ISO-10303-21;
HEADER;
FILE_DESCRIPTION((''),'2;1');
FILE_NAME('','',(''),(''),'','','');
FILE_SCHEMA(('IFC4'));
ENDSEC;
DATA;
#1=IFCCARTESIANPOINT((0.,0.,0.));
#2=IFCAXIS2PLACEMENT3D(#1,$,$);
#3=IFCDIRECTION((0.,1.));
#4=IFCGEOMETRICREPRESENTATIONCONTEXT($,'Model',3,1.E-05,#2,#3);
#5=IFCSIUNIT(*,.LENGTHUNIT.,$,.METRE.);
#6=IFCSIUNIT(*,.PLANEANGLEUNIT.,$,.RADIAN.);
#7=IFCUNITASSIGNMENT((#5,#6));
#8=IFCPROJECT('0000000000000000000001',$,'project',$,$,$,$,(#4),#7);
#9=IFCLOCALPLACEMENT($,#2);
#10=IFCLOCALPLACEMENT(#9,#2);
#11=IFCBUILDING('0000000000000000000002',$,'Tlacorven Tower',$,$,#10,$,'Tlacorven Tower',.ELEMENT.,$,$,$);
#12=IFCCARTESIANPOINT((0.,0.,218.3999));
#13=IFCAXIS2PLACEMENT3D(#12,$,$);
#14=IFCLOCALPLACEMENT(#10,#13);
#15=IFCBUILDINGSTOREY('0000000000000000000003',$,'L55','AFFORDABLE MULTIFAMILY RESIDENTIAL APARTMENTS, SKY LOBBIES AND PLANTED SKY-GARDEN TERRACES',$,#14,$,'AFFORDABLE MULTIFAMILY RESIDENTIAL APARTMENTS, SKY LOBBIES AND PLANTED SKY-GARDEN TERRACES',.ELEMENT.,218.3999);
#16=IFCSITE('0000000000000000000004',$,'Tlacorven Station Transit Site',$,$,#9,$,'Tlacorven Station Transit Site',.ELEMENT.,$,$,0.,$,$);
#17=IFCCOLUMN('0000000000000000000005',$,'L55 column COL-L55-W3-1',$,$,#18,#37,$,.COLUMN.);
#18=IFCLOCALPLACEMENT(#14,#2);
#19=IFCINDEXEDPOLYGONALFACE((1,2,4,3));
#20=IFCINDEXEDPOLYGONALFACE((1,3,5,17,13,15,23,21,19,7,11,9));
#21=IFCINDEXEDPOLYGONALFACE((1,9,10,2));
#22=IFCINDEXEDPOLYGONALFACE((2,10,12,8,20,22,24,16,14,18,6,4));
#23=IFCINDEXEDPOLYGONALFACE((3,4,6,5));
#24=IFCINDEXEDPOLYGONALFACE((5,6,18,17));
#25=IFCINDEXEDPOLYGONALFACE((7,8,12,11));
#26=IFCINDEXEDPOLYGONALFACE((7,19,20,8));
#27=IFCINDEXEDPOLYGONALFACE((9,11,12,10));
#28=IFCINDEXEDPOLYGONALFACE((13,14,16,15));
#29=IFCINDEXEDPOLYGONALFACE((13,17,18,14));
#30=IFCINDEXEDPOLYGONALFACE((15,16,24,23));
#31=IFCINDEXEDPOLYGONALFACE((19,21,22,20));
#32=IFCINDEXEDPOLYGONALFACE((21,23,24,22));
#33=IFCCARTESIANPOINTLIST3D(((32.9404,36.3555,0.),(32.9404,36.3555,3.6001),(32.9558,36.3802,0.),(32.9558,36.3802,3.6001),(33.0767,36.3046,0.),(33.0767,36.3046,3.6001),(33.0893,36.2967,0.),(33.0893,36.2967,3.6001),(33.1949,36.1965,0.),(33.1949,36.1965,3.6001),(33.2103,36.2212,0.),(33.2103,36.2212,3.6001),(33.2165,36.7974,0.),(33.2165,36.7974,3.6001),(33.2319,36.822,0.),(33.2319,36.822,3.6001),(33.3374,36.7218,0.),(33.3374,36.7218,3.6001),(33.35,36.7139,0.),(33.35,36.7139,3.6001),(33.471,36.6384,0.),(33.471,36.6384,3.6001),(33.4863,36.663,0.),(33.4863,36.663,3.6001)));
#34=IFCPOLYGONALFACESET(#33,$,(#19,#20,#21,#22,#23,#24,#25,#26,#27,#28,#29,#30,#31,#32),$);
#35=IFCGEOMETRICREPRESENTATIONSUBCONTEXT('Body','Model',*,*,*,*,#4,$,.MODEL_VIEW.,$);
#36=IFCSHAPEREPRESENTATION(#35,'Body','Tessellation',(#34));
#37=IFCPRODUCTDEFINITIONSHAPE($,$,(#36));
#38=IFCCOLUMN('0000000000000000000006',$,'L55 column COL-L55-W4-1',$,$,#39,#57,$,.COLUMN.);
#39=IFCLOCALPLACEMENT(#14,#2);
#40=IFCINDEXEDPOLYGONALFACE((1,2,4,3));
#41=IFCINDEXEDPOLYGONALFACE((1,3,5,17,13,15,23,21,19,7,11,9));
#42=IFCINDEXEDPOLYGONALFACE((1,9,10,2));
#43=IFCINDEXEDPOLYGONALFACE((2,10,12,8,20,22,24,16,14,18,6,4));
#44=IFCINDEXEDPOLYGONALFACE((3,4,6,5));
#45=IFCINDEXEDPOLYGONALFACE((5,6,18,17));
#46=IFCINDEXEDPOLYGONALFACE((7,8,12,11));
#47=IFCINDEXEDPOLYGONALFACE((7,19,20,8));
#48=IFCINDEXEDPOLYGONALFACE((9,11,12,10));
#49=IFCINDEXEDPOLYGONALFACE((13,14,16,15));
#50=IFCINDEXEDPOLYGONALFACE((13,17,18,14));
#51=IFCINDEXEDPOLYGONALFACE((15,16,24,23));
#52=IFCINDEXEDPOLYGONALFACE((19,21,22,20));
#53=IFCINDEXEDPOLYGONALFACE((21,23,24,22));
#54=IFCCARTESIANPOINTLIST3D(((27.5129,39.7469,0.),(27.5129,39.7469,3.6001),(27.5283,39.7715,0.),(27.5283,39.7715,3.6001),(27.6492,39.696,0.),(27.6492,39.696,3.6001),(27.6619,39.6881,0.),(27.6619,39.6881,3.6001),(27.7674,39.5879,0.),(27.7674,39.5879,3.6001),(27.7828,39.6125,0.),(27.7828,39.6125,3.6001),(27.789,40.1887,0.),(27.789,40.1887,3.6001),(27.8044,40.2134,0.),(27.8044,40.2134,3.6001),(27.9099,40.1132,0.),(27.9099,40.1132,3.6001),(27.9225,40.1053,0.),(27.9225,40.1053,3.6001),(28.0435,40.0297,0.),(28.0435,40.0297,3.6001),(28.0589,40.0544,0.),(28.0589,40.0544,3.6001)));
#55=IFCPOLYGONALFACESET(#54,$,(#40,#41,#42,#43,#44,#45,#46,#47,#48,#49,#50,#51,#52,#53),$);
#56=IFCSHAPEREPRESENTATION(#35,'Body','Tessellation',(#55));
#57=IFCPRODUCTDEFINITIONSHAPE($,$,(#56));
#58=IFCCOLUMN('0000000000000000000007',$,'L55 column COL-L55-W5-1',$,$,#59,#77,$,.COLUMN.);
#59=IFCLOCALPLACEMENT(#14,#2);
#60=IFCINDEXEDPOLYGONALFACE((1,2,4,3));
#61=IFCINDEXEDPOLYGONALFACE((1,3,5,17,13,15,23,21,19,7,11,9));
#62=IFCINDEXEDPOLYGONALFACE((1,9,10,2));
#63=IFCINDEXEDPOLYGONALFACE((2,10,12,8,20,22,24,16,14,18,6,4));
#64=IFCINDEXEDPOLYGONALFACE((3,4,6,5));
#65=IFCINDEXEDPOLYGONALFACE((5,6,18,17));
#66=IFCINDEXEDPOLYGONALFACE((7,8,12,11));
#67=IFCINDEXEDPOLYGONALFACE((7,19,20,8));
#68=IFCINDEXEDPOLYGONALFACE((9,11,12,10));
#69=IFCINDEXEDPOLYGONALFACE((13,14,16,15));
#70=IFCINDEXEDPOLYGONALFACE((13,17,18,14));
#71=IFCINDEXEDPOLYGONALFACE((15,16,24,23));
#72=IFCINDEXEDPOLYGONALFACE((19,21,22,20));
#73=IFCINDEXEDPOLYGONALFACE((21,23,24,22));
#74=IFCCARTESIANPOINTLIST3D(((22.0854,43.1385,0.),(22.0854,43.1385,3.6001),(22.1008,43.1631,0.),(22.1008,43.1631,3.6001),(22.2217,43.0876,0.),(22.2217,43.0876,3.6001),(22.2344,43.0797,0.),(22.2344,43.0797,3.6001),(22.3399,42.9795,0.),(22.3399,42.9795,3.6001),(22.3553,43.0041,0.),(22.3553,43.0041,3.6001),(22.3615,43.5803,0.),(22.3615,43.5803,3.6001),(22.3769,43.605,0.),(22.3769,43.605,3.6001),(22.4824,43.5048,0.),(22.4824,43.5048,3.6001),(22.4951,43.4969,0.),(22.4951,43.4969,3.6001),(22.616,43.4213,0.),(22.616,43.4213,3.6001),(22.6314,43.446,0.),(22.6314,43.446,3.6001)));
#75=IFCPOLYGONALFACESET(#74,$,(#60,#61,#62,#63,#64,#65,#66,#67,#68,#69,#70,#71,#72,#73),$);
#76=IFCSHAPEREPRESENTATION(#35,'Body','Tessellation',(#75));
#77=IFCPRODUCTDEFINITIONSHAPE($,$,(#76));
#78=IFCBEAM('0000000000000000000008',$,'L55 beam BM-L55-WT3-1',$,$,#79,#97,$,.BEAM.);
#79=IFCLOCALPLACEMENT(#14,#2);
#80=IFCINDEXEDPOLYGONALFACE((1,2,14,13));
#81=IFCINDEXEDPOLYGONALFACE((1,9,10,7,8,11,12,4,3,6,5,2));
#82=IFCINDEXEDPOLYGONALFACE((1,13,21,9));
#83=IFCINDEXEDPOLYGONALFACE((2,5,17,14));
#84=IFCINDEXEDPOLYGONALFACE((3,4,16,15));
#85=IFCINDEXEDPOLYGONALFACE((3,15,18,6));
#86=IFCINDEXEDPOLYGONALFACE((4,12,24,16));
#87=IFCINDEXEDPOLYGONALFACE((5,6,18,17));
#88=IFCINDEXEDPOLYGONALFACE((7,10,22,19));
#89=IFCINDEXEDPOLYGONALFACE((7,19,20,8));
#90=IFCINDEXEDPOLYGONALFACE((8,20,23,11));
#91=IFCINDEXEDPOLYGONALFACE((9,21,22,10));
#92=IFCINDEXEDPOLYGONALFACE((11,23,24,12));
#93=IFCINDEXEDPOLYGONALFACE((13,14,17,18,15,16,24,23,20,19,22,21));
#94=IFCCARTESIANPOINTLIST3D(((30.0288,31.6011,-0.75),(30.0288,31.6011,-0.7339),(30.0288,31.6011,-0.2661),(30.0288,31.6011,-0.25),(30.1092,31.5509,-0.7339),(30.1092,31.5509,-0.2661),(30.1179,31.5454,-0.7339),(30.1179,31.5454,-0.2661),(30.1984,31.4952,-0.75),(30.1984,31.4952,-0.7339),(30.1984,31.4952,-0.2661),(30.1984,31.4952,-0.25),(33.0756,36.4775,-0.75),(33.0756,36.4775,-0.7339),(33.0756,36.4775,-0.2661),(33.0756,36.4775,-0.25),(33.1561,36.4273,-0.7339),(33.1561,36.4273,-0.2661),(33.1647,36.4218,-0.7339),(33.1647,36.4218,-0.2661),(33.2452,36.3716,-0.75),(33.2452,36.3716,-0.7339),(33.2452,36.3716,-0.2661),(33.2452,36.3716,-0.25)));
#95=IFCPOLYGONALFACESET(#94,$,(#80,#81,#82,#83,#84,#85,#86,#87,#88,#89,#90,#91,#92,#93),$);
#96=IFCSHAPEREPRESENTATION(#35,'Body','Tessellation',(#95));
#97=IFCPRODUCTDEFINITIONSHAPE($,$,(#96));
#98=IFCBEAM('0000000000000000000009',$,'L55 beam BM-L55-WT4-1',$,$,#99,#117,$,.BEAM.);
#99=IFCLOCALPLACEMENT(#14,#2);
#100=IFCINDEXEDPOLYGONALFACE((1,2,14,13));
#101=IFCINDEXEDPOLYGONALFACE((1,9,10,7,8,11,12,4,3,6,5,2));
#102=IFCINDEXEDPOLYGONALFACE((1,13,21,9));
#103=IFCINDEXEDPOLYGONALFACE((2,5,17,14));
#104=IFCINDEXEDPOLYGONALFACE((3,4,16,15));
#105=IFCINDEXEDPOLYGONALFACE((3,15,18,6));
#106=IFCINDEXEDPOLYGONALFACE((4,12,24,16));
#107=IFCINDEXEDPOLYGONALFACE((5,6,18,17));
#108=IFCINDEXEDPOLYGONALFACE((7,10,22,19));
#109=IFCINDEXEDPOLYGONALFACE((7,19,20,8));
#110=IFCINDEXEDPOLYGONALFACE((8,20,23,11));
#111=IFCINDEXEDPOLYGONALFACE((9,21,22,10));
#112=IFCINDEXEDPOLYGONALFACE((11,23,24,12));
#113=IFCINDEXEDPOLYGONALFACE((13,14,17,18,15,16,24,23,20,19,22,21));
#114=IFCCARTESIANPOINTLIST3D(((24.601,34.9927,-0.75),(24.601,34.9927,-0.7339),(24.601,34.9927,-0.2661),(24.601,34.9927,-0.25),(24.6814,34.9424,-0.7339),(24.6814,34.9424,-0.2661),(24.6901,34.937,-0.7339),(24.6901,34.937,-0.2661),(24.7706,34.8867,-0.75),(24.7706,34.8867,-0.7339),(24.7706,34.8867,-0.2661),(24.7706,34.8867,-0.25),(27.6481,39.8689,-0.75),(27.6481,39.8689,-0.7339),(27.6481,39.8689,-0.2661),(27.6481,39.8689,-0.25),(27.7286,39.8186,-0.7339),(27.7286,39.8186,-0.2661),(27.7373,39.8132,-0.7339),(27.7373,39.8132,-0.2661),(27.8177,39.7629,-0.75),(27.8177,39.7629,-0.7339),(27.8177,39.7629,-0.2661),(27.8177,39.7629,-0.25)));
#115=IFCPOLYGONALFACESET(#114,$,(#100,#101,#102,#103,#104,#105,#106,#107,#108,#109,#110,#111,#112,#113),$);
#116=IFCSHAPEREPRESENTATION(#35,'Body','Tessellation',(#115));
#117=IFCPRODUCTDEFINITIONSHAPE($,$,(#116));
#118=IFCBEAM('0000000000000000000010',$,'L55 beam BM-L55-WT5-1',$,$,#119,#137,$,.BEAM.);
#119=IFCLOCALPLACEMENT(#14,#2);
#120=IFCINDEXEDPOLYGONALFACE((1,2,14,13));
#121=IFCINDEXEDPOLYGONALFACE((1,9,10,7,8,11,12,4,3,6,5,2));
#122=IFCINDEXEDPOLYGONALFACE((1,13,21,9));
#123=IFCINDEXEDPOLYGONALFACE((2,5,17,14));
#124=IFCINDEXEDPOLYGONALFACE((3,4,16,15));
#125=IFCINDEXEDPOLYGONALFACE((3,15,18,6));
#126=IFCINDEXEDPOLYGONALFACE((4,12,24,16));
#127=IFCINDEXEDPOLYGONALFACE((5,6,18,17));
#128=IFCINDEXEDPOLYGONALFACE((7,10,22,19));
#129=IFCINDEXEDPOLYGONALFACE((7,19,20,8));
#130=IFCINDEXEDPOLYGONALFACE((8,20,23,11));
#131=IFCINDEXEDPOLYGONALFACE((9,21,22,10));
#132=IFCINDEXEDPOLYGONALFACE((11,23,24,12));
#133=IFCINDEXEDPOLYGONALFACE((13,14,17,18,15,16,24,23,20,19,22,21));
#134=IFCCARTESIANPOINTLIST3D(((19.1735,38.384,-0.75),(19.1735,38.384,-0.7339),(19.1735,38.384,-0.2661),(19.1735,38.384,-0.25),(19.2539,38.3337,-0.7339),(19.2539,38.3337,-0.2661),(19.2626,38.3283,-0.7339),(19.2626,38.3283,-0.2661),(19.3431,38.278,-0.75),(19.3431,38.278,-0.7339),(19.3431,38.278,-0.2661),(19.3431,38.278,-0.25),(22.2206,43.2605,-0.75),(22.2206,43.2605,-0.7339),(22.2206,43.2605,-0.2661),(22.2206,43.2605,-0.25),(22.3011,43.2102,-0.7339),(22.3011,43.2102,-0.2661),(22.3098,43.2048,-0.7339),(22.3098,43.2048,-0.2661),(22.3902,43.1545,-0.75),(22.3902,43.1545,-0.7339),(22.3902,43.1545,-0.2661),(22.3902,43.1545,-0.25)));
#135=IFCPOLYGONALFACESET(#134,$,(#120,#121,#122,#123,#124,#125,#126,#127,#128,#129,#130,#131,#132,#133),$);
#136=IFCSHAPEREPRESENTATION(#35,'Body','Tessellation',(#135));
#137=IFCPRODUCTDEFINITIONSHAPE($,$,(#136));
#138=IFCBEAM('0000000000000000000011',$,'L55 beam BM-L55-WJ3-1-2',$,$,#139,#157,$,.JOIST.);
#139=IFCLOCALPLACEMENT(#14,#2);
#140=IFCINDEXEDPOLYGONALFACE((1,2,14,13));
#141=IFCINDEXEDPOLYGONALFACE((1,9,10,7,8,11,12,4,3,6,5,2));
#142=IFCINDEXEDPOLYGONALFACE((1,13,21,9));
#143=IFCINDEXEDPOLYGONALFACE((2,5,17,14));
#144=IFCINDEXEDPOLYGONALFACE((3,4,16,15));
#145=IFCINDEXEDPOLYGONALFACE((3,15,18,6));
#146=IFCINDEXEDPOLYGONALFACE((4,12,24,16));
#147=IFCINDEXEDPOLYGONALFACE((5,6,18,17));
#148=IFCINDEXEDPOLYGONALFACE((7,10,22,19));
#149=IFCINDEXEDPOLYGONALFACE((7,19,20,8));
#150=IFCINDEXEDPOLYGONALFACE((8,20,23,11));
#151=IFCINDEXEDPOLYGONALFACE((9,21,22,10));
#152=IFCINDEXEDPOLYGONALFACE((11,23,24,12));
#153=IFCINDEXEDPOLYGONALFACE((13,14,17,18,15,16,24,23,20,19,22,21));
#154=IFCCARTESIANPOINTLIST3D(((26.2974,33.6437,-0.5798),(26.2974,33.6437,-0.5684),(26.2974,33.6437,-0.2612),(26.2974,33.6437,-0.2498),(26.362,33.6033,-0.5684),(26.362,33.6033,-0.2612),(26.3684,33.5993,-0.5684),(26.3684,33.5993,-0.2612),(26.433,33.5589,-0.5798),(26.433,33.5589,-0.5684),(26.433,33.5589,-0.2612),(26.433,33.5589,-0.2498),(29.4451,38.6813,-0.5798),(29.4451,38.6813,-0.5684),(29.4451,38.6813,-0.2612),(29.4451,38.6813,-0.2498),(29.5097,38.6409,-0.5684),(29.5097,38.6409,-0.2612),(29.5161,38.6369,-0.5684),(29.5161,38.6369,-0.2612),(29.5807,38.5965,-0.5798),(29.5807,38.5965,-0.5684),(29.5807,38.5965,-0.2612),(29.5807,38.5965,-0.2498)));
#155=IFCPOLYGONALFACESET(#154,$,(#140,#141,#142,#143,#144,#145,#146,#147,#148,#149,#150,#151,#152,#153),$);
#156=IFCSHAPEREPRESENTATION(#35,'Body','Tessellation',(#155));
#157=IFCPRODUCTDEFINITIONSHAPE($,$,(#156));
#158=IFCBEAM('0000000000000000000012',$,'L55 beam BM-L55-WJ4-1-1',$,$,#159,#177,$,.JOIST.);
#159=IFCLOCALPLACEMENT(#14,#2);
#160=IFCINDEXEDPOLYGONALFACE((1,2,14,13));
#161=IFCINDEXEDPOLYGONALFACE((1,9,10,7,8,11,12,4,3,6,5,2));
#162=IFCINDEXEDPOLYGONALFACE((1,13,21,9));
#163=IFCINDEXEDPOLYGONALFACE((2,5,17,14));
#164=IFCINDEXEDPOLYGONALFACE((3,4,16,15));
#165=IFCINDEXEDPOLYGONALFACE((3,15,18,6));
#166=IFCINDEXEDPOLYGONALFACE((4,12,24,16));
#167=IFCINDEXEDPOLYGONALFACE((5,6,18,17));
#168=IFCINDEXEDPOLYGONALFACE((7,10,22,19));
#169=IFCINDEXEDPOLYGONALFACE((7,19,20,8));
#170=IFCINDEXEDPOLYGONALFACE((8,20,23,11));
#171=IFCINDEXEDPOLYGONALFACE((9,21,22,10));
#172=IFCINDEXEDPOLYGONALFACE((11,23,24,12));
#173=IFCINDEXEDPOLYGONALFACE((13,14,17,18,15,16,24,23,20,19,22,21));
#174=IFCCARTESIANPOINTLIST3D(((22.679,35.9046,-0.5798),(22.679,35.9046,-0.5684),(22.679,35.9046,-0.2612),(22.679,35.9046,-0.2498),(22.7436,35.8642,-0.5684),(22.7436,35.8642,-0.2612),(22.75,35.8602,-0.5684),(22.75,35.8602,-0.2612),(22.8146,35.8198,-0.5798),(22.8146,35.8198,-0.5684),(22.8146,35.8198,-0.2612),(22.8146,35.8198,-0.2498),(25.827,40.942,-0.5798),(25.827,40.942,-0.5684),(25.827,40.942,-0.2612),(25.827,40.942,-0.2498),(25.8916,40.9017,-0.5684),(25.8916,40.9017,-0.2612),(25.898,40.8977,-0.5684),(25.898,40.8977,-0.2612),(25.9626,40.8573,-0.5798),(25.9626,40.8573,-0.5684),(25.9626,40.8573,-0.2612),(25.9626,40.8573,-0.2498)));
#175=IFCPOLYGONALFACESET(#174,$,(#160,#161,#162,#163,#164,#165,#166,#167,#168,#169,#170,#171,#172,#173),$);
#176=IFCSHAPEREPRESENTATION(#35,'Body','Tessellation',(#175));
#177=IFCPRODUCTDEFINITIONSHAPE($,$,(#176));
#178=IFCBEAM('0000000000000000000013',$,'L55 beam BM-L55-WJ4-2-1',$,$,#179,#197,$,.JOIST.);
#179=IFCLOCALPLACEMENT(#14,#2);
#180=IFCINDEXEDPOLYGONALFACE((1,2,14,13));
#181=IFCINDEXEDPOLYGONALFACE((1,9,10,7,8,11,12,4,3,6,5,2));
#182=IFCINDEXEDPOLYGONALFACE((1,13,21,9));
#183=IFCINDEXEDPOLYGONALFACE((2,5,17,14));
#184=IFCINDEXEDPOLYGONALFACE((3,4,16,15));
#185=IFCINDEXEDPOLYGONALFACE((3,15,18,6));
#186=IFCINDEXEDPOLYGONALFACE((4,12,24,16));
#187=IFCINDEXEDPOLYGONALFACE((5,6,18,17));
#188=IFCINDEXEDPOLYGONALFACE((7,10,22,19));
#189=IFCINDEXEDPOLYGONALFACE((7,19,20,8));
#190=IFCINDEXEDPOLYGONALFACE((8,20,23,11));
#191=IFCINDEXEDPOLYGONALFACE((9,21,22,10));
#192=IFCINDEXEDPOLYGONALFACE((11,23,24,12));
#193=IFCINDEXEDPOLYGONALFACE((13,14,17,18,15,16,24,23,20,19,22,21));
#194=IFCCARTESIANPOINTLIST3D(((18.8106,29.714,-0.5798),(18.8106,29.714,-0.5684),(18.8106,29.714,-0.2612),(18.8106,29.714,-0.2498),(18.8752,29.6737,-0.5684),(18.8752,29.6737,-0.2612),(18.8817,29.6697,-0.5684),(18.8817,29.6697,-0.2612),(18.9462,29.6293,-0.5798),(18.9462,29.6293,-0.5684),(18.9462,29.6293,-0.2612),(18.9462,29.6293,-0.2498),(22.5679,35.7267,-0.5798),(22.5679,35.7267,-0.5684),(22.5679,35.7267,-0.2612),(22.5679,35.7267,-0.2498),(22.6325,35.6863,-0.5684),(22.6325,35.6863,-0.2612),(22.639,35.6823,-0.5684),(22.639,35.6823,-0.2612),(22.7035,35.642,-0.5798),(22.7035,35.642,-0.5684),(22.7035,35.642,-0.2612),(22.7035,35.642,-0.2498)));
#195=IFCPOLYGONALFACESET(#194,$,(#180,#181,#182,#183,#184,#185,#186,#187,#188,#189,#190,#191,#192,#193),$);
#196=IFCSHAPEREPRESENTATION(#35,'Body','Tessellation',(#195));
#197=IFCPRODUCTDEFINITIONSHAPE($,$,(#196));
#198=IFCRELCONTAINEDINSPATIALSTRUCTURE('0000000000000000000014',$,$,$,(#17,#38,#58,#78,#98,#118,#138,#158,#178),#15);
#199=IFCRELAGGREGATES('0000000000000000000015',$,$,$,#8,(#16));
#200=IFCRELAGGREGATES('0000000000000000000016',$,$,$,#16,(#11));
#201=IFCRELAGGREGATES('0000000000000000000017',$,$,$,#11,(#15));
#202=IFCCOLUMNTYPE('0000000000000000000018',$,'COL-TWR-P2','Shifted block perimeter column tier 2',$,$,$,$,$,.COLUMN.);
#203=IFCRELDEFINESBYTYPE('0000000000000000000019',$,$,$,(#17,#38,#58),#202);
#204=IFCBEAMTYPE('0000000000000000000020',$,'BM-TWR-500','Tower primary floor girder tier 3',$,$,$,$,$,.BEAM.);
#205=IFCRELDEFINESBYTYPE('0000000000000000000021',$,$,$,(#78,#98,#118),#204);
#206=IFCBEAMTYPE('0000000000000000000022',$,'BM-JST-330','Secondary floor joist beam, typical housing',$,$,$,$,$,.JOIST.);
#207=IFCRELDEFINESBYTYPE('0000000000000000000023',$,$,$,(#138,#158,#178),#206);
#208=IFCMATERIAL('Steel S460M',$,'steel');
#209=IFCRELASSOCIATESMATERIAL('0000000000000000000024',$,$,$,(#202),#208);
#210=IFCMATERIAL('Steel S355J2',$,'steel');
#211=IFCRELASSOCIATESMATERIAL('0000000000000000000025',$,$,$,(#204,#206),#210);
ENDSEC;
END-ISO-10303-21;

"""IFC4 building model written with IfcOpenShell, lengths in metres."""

from ifc_helpers import new_model, si_unit, direction, frame, origin, origin_2d, place, context, subcontext, project, spatial, i_section, extrude, source, transform, mapped, material, material_profile, profile_set, type_object, element, save


model = new_model("IFC4")

# Units and contexts
model_context = context("Model", 3, precision=1e-05, world=origin(), true_north=direction((0.0, 1.0)))
body_context = subcontext(model_context, "Body", "Model", "MODEL_VIEW")
ifc_project = project(units=[si_unit("LENGTHUNIT", "METRE"), si_unit("PLANEANGLEUNIT", "RADIAN")], contexts=[model_context])

# Site, building, storey
site_placement = place(None, origin())
site = spatial("IfcSite", under=ifc_project, at=site_placement, Name="Tlacorven Station Transit Site", LongName="Tlacorven Station Transit Site", CompositionType="ELEMENT", RefElevation=0.0)
building_placement = place(site_placement, origin())
building = spatial("IfcBuilding", under=site, at=building_placement, Name="Tlacorven Tower", LongName="Tlacorven Tower", CompositionType="ELEMENT")
storey_placement = place(building_placement, frame((0.0, 0.0, 218.3999)))
storey = spatial("IfcBuildingStorey", under=building, at=storey_placement, Name="L55", Description="AFFORDABLE MULTIFAMILY RESIDENTIAL APARTMENTS, SKY LOBBIES AND PLANTED SKY-GARDEN TERRACES", LongName="AFFORDABLE MULTIFAMILY RESIDENTIAL APARTMENTS, SKY LOBBIES AND PLANTED SKY-GARDEN TERRACES", CompositionType="ELEMENT", Elevation=218.3999)

# Columns
ifc_material_1 = material(Name="Steel S460M", Category="steel")
ifc_material_profile_1 = material_profile(ifc_material_1, i_section(OverallWidth=0.3, OverallDepth=0.55, WebThickness=0.0149, FlangeThickness=0.0291, at=origin_2d()), Name="HEB 550")
ifc_profile_set_1 = profile_set([ifc_material_profile_1], Name="Steel S460M")
column_type = type_object("IfcColumnType", Name="COL-TWR-P2", Description="Shifted block perimeter column tier 2", PredefinedType="COLUMN", material=ifc_profile_set_1)
shared_shape_1 = source(origin(), body_context, "Body", "SweptSolid", [
    extrude(i_section(OverallWidth=0.3, OverallDepth=0.55, WebThickness=0.0149, FlangeThickness=0.0291, at=origin_2d()), origin(), (0.0, 0.0, 1.0), 3.6001),
])
for number, where, z_axis, x_axis, name in (
    (1, (33.2134, 36.5093, 0.0), (0.0, 0.0, 1.0), (-0.848048, 0.529919, 0.0), "L55 column COL-L55-W3-1"),
    (2, (27.7859, 39.9006, 0.0), (0.0, 0.0, 1.0), (-0.848048, 0.529919, 0.0), "L55 column COL-L55-W4-1"),
    (3, (22.3584, 43.2922, 0.0), (0.0, 0.0, 1.0), (-0.848048, 0.529919, 0.0), "L55 column COL-L55-W5-1"),
):
    element("IfcColumn", number, at=place(storey_placement, frame(where, z_axis=z_axis, x_axis=x_axis)), inside=storey, type_object=column_type, Name=name, PredefinedType="COLUMN", context=body_context, shape_type="MappedRepresentation", body=[
        mapped(shared_shape_1, transform((0.0, 0.0, 0.0), scale=1.0)),
    ])

# Beams
ifc_material_2 = material(Name="Steel S355J2", Category="steel")
ifc_material_profile_2 = material_profile(ifc_material_2, i_section(OverallWidth=0.2, OverallDepth=0.5, WebThickness=0.0103, FlangeThickness=0.0161, at=origin_2d()), Name="IPE 500")
ifc_profile_set_2 = profile_set([ifc_material_profile_2], Name="Steel S355J2")
beam_type_1 = type_object("IfcBeamType", Name="BM-TWR-500", Description="Tower primary floor girder tier 3", PredefinedType="BEAM", material=ifc_profile_set_2)
shared_shape_2 = source(origin(), body_context, "Body", "SweptSolid", [
    extrude(i_section(OverallWidth=0.2, OverallDepth=0.5, WebThickness=0.0103, FlangeThickness=0.0161, at=origin_2d()), origin(), (0.0, 0.0, 1.0), 5.75),
])
for number, where, z_axis, x_axis, name in (
    (4, (33.1604, 36.4246, -0.5), (-0.529884, -0.84807, 0.0), (0.84807, -0.529884, 0.0), "L55 beam BM-L55-WT3-1"),
    (5, (27.7329, 39.8159, -0.5), (-0.529934, -0.848039, 0.0), (0.848039, -0.529934, 0.0), "L55 beam BM-L55-WT4-1"),
):
    element("IfcBeam", number, at=place(storey_placement, frame(where, z_axis=z_axis, x_axis=x_axis)), inside=storey, type_object=beam_type_1, Name=name, PredefinedType="BEAM", context=body_context, shape_type="MappedRepresentation", body=[
        mapped(shared_shape_2, transform((0.0, 0.0, 0.0), scale=1.0)),
    ])
shared_shape_3 = source(origin(), body_context, "Body", "SweptSolid", [
    extrude(i_section(OverallWidth=0.2, OverallDepth=0.5, WebThickness=0.0103, FlangeThickness=0.0161, at=origin_2d()), origin(), (0.0, 0.0, 1.0), 5.7502),
])
beam_1_placement = place(storey_placement, frame((22.3054, 43.2075, -0.5), z_axis=(-0.529915, -0.848051, 0.0), x_axis=(0.848051, -0.529915, 0.0)))
element("IfcBeam", 6, at=beam_1_placement, inside=storey, type_object=beam_type_1, Name="L55 beam BM-L55-WT5-1", PredefinedType="BEAM", context=body_context, shape_type="MappedRepresentation", body=[
    mapped(shared_shape_3, transform((0.0, 0.0, 0.0), scale=1.0)),
])
ifc_material_profile_3 = material_profile(ifc_material_2, i_section(OverallWidth=0.1599, OverallDepth=0.3301, WebThickness=0.0076, FlangeThickness=0.0115, at=origin_2d()), Name="IPE 330")
ifc_profile_set_3 = profile_set([ifc_material_profile_3], Name="Steel S355J2")
beam_type_2 = type_object("IfcBeamType", Name="BM-JST-330", Description="Secondary floor joist beam, typical housing", PredefinedType="JOIST", material=ifc_profile_set_3)
shared_shape_4 = source(origin(), body_context, "Body", "SweptSolid", [
    extrude(i_section(OverallWidth=0.1599, OverallDepth=0.3301, WebThickness=0.0076, FlangeThickness=0.0115, at=origin_2d()), origin(), (0.0, 0.0, 1.0), 5.9402),
])
for number, where, z_axis, x_axis, name in (
    (7, (29.5129, 38.6389, -0.4148), (-0.529903, -0.848058, 0.0), (0.848058, -0.529903, 0.0), "L55 beam BM-L55-WJ3-1-2"),
    (8, (25.8948, 40.8997, -0.4148), (-0.529951, -0.848028, 0.0), (0.848028, -0.529951, 0.0), "L55 beam BM-L55-WJ4-1-1"),
):
    element("IfcBeam", number, at=place(storey_placement, frame(where, z_axis=z_axis, x_axis=x_axis)), inside=storey, type_object=beam_type_2, Name=name, PredefinedType="JOIST", context=body_context, shape_type="MappedRepresentation", body=[
        mapped(shared_shape_4, transform((0.0, 0.0, 0.0), scale=1.0)),
    ])
shared_shape_5 = source(origin(), body_context, "Body", "SweptSolid", [
    extrude(i_section(OverallWidth=0.1599, OverallDepth=0.3301, WebThickness=0.0076, FlangeThickness=0.0115, at=origin_2d()), origin(), (0.0, 0.0, 1.0), 7.0901),
])
beam_2_placement = place(storey_placement, frame((22.6357, 35.6843, -0.4148), z_axis=(-0.529937, -0.848037, 0.0), x_axis=(0.848037, -0.529937, 0.0)))
element("IfcBeam", 9, at=beam_2_placement, inside=storey, type_object=beam_type_2, Name="L55 beam BM-L55-WJ4-2-1", PredefinedType="JOIST", context=body_context, shape_type="MappedRepresentation", body=[
    mapped(shared_shape_5, transform((0.0, 0.0, 0.0), scale=1.0)),
])

save(model, "model.ifc")
